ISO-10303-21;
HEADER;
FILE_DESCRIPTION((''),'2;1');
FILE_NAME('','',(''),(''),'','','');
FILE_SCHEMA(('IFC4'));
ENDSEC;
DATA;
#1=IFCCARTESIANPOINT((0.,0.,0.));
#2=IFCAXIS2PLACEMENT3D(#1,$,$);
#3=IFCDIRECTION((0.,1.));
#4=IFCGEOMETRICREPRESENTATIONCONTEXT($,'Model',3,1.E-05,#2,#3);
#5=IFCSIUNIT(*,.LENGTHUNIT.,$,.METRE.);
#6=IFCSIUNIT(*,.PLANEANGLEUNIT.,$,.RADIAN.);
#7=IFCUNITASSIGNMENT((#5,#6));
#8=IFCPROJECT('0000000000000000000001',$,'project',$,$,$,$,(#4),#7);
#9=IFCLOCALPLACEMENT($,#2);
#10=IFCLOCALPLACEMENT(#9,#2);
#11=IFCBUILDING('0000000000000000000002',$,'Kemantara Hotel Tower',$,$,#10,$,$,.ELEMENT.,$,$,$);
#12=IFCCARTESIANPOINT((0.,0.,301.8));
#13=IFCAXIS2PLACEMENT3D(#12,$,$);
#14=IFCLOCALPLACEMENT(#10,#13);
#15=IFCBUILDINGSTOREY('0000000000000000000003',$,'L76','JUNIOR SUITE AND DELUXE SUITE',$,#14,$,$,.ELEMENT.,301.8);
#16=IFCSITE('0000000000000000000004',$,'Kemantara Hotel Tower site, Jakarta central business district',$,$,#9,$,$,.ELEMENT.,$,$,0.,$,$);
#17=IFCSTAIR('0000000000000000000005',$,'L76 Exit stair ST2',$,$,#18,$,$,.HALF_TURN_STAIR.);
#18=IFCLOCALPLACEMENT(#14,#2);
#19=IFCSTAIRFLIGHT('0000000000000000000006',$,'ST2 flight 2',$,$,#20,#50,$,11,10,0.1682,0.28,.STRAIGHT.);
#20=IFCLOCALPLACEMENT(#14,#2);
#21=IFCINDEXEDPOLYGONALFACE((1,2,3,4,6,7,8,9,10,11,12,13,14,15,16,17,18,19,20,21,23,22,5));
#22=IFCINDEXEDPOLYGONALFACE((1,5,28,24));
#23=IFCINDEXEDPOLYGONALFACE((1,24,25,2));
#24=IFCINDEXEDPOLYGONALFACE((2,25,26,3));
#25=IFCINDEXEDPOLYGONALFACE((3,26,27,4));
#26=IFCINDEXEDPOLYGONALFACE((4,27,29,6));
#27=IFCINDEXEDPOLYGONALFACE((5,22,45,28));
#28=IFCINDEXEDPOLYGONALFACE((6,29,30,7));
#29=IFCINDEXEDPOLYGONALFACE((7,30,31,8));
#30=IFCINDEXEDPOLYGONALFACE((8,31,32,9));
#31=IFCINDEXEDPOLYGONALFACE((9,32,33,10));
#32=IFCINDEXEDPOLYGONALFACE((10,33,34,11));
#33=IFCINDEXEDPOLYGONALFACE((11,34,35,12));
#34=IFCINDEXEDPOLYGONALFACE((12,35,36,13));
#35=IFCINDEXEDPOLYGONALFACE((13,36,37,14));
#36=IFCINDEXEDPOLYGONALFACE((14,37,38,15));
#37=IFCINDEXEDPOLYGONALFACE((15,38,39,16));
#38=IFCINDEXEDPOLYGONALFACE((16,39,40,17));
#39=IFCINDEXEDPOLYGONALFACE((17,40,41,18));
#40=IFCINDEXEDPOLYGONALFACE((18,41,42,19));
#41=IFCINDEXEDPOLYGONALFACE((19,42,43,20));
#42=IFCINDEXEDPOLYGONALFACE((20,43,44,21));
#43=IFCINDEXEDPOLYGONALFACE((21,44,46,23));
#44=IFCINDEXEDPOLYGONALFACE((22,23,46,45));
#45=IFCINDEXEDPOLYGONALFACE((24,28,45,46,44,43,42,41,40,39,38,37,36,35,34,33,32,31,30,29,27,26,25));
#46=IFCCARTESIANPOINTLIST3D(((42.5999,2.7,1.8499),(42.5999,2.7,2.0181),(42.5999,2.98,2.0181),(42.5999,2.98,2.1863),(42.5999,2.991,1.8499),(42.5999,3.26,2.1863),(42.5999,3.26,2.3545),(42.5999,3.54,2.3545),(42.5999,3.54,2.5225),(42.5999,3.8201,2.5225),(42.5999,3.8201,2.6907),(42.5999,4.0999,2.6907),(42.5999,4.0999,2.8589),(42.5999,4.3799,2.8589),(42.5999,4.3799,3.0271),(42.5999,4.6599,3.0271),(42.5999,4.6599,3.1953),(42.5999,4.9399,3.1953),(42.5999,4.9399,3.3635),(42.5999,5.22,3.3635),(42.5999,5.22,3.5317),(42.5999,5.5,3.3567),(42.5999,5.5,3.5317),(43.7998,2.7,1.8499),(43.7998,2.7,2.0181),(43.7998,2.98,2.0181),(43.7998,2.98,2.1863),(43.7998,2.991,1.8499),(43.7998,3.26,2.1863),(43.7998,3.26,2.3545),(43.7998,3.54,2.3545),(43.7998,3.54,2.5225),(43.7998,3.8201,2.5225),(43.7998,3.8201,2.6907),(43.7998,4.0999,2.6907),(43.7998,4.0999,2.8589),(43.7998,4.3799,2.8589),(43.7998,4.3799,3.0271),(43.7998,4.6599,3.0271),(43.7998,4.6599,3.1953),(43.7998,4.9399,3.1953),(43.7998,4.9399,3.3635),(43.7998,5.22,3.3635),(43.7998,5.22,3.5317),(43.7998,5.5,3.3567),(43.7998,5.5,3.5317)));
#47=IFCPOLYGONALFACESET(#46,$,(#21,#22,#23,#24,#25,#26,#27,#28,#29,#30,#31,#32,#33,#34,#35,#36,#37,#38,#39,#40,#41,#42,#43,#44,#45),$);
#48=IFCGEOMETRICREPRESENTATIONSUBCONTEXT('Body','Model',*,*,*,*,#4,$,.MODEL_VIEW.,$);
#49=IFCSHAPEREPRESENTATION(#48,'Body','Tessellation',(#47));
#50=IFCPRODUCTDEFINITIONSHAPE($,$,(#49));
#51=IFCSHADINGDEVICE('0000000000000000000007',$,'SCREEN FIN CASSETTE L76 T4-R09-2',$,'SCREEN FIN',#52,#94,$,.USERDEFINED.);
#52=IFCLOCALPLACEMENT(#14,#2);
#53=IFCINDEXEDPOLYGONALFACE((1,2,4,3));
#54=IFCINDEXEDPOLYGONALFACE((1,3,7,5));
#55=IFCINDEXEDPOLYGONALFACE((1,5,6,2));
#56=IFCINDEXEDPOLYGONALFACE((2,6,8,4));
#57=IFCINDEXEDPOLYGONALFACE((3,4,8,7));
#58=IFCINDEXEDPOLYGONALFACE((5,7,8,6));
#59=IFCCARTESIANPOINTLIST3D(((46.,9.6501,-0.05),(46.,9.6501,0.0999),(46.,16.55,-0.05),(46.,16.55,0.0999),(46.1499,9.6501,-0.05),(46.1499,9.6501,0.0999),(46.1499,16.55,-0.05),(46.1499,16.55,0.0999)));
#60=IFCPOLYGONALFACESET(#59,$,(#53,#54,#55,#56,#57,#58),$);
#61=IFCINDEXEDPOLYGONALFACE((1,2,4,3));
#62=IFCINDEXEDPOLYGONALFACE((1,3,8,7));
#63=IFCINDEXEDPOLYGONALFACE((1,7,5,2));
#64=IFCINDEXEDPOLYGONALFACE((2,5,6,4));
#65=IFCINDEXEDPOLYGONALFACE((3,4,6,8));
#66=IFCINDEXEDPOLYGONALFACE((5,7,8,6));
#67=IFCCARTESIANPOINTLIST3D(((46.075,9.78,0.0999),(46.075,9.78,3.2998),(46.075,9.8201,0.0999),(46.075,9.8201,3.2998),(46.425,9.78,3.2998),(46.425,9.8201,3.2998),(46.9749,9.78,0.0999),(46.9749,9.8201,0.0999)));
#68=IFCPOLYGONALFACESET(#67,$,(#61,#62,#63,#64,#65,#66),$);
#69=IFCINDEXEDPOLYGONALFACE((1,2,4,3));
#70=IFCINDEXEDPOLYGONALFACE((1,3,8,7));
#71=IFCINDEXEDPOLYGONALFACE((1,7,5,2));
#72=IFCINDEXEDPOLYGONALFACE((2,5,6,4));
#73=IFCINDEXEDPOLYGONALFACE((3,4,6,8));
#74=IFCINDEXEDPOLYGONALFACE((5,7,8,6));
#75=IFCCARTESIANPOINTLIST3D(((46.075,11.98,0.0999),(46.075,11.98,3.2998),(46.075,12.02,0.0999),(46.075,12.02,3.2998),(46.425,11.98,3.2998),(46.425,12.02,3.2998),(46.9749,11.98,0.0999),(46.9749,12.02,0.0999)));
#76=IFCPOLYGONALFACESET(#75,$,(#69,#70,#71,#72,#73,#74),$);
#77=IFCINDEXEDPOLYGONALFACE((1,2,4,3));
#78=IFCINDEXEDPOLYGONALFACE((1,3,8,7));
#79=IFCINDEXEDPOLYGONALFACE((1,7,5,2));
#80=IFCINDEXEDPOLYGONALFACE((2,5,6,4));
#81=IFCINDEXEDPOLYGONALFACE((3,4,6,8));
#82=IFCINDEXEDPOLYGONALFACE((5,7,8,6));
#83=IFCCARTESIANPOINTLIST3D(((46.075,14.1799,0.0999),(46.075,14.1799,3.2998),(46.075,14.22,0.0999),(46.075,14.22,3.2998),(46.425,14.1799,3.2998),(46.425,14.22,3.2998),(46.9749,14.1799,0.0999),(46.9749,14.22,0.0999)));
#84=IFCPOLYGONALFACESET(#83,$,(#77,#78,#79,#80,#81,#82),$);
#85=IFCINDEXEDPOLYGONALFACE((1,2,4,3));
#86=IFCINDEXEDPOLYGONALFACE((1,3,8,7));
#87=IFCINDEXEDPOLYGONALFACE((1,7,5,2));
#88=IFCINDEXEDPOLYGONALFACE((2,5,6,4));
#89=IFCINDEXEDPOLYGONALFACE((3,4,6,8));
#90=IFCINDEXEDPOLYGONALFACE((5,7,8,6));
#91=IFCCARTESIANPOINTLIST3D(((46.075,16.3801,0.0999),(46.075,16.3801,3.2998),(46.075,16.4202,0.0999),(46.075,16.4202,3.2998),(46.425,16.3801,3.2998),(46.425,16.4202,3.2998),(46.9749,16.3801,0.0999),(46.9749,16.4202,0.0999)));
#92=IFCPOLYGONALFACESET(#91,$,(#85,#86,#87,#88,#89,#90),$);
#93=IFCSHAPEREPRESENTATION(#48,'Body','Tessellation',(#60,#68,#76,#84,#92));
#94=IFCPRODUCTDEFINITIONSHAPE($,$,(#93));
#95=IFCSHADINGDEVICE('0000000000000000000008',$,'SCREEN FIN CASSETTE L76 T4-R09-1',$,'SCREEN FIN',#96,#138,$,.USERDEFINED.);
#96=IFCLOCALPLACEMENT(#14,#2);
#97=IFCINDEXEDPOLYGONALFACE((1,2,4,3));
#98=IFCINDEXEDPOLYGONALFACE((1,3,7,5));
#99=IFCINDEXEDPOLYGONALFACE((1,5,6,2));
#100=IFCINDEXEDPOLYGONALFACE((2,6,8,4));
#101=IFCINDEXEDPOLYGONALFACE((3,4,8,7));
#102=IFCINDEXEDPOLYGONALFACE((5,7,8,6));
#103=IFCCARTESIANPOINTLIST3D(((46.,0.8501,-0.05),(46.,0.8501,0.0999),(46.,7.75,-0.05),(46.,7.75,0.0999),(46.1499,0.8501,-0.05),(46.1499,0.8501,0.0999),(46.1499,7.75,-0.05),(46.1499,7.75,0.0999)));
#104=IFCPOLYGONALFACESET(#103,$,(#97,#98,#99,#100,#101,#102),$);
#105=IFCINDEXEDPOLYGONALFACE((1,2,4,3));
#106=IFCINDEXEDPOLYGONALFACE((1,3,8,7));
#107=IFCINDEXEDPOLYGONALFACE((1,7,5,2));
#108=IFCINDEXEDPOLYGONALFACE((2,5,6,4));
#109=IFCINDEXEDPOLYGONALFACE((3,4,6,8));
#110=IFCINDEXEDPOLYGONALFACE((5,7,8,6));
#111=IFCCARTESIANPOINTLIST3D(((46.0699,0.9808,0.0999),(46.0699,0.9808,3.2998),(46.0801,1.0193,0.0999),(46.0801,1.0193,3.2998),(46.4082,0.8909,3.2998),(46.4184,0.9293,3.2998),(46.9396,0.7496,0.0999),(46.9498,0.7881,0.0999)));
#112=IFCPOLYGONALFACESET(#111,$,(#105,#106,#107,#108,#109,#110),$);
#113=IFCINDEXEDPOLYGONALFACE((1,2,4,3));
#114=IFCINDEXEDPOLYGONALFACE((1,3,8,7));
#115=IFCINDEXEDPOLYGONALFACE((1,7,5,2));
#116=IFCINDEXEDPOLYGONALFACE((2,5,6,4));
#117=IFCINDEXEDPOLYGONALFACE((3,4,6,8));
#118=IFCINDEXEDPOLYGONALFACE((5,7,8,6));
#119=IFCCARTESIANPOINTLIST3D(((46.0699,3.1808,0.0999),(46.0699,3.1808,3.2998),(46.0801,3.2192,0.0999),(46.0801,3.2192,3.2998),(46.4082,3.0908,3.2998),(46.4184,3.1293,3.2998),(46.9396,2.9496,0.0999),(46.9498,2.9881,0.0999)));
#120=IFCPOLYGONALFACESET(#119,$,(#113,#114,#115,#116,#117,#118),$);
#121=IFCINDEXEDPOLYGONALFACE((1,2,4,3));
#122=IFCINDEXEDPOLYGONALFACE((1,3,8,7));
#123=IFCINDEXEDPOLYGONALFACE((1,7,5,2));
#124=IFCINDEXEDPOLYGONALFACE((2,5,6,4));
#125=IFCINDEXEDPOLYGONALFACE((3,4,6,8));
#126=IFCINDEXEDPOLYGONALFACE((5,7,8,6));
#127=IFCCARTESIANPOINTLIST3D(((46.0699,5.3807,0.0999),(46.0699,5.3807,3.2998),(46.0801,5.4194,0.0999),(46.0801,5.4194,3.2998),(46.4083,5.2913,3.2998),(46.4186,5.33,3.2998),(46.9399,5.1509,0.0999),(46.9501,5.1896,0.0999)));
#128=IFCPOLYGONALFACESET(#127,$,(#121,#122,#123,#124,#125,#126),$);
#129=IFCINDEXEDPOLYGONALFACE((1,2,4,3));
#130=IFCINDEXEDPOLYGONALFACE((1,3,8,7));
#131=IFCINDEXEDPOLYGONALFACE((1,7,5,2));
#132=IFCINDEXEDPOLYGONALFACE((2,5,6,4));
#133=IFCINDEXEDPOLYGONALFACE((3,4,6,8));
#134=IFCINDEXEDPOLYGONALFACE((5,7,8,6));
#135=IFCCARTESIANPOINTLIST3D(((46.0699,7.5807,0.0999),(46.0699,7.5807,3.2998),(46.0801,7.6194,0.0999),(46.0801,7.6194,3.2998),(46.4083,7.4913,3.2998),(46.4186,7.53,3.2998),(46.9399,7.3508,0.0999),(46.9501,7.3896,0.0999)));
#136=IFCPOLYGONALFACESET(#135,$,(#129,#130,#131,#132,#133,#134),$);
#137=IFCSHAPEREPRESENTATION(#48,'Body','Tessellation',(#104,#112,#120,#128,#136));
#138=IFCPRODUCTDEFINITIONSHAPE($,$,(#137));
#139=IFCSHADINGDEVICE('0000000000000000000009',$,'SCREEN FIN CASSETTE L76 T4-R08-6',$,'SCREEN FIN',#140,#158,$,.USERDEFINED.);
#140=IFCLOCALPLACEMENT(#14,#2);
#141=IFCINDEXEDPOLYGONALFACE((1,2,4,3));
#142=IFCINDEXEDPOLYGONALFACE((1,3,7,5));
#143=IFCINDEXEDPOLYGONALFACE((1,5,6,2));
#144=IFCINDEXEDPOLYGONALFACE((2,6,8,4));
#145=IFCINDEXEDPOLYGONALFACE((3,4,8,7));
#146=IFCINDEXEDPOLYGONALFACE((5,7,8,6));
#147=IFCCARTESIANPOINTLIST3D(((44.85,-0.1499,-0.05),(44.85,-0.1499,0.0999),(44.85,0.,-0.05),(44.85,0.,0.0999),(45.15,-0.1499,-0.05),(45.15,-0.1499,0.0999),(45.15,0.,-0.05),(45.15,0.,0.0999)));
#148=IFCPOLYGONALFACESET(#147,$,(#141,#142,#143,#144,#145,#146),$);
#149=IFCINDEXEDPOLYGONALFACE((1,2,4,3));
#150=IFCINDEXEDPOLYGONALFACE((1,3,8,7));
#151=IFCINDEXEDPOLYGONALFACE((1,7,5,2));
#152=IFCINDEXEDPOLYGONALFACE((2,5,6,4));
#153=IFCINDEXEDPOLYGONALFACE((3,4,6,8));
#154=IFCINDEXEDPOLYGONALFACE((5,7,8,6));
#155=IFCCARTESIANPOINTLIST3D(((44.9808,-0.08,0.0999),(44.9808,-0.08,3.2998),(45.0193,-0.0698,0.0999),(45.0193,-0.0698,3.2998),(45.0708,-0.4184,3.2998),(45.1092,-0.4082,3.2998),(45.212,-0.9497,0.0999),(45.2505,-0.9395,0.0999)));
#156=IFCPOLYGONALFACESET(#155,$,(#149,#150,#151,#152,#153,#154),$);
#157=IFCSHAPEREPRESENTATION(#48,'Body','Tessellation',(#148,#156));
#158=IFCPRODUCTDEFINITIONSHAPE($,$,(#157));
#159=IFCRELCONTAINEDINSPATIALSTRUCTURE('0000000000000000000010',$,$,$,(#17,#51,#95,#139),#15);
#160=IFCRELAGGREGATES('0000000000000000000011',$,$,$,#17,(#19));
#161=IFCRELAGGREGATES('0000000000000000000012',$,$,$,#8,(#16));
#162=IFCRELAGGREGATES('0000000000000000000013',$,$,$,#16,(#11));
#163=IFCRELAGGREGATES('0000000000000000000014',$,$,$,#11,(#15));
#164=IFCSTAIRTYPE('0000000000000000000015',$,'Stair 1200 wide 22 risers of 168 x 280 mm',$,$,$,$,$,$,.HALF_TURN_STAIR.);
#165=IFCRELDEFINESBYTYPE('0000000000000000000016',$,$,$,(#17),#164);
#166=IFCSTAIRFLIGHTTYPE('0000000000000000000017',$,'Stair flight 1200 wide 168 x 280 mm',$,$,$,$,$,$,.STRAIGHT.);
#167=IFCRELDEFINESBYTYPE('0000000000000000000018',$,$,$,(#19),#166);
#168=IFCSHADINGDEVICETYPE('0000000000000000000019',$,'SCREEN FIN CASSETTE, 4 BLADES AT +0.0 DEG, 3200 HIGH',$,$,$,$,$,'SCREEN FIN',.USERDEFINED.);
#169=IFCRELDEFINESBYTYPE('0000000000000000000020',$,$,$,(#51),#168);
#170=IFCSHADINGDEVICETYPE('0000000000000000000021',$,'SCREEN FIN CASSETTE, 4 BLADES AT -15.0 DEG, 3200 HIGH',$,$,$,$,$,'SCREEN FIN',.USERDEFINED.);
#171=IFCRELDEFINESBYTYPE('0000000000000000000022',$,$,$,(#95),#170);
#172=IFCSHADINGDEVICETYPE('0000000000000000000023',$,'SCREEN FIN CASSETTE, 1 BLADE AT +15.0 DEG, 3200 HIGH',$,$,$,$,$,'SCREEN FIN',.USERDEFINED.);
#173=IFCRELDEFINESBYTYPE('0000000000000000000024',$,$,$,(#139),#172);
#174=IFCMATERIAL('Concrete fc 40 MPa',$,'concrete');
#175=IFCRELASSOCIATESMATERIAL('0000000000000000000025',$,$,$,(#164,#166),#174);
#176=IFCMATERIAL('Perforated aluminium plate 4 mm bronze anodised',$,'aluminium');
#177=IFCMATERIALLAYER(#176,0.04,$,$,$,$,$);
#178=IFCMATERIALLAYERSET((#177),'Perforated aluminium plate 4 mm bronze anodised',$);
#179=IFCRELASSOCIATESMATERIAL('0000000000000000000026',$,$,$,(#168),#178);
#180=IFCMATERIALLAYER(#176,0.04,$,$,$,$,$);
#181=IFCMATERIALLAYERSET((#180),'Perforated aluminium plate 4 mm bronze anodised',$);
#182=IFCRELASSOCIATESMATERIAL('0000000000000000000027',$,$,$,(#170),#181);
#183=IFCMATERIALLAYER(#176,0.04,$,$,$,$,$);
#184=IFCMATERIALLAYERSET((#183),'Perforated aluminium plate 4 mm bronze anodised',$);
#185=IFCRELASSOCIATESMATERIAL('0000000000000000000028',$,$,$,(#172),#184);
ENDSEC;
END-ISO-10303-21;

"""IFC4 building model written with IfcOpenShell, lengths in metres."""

from ifc_helpers import new_model, si_unit, direction, frame, origin, origin_2d, place, context, subcontext, project, spatial, polyline, rectangle, outline, extrude, source, transform, mapped, material, layer, layer_set, type_object, element, aggregate, save


model = new_model("IFC4")

# Units and contexts
model_context = context("Model", 3, precision=1e-05, world=origin(), true_north=direction((0.0, 1.0)))
body_context = subcontext(model_context, "Body", "Model", "MODEL_VIEW")
ifc_project = project(units=[si_unit("LENGTHUNIT", "METRE"), si_unit("PLANEANGLEUNIT", "RADIAN")], contexts=[model_context])

# Site, building, storey
site_placement = place(None, origin())
site = spatial("IfcSite", under=ifc_project, at=site_placement, Name="Kemantara Hotel Tower site, Jakarta central business district", CompositionType="ELEMENT", RefElevation=0.0)
building_placement = place(site_placement, origin())
building = spatial("IfcBuilding", under=site, at=building_placement, Name="Kemantara Hotel Tower", CompositionType="ELEMENT")
storey_placement = place(building_placement, frame((0.0, 0.0, 301.8)))
storey = spatial("IfcBuildingStorey", under=building, at=storey_placement, Name="L76", Description="JUNIOR SUITE AND DELUXE SUITE", CompositionType="ELEMENT", Elevation=301.8)

# Stair, stair flight
ifc_material_1 = material(Name="Concrete fc 40 MPa", Category="concrete")
stair_type = type_object("IfcStairType", Name="Stair 1200 wide 22 risers of 168 x 280 mm", PredefinedType="HALF_TURN_STAIR", material=ifc_material_1)
stair_placement = place(storey_placement, origin())
stair = element("IfcStair", 1, at=stair_placement, inside=storey, type_object=stair_type, Name="L76 Exit stair ST2", PredefinedType="HALF_TURN_STAIR")
stair_flight_type = type_object("IfcStairFlightType", Name="Stair flight 1200 wide 168 x 280 mm", PredefinedType="STRAIGHT", material=ifc_material_1)
stair_flight_placement = place(storey_placement, frame((43.2, 2.7, 1.8499), z_axis=(0.0, 0.0, 1.0), x_axis=(0.0, 1.0, 0.0)))
stair_flight = element("IfcStairFlight", 2, at=stair_flight_placement, type_object=stair_flight_type, Name="ST2 flight 2", NumberOfRisers=11, NumberOfTreads=10, PredefinedType="STRAIGHT", RiserHeight=0.1682, TreadLength=0.28, context=body_context, shape_type="SweptSolid", body=[
    extrude(outline(polyline([(0.0, 0.0), (0.0, 0.1682), (0.28, 0.1682), (0.28, 0.3364), (0.5601, 0.3364), (0.5601, 0.5046), (0.8401, 0.5046), (0.8401, 0.6726), (1.1201, 0.6726), (1.1201, 0.8408), (1.3999, 0.8408), (1.3999, 1.009), (1.6799, 1.009), (1.6799, 1.1772), (1.96, 1.1772), (1.96, 1.3455), (2.24, 1.3455), (2.24, 1.5137), (2.52, 1.5137), (2.52, 1.6819), (2.8, 1.6819), (2.8, 1.8501), (2.8, 1.5068), (0.291, 0.0), (0.0, 0.0)])), frame((0.0, 0.6001, 0.0), z_axis=(0.0, -1.0, 0.0), x_axis=(1.0, 0.0, 0.0)), (0.0, 0.0, 1.0), 1.2),
])
aggregate(stair, [stair_flight])

# Shading devices
ifc_material_2 = material(Name="Perforated aluminium plate 4 mm bronze anodised", Category="aluminium")
ifc_layer_1 = layer(ifc_material_2, 0.04)
ifc_layer_set_1 = layer_set([ifc_layer_1], Name="Perforated aluminium plate 4 mm bronze anodised")
shading_device_type_1 = type_object("IfcShadingDeviceType", Name="SCREEN FIN CASSETTE, 4 BLADES AT +0.0 DEG, 3200 HIGH", ElementType="SCREEN FIN", PredefinedType="USERDEFINED", material=ifc_layer_set_1)
shared_shape_1 = source(origin(), body_context, "Body", "SweptSolid", [
    extrude(rectangle(XDim=6.8999, YDim=0.1499, at=origin_2d()), frame((3.3, -0.075, -0.1499), z_axis=(0.0, 0.0, 1.0), x_axis=(1.0, 0.0, 0.0)), (0.0, 0.0, 1.0), 0.1499),
    extrude(outline(polyline([(0.0, 0.0), (0.8999, 0.0), (0.3501, 3.2), (0.0, 3.2), (0.0, 0.0)])), frame((0.02, -0.075, 0.0), z_axis=(-1.0, 0.0, 0.0), x_axis=(0.0, -1.0, 0.0)), (0.0, 0.0, 1.0), 0.04),
    extrude(outline(polyline([(0.0, 0.0), (0.8999, 0.0), (0.3501, 3.2), (0.0, 3.2), (0.0, 0.0)])), frame((2.22, -0.075, 0.0), z_axis=(-1.0, 0.0, 0.0), x_axis=(0.0, -1.0, 0.0)), (0.0, 0.0, 1.0), 0.04),
    extrude(outline(polyline([(0.0, 0.0), (0.8999, 0.0), (0.3501, 3.2), (0.0, 3.2), (0.0, 0.0)])), frame((4.4199, -0.075, 0.0), z_axis=(-1.0, 0.0, 0.0), x_axis=(0.0, -1.0, 0.0)), (0.0, 0.0, 1.0), 0.04),
    extrude(outline(polyline([(0.0, 0.0), (0.8999, 0.0), (0.3501, 3.2), (0.0, 3.2), (0.0, 0.0)])), frame((6.6201, -0.075, 0.0), z_axis=(-1.0, 0.0, 0.0), x_axis=(0.0, -1.0, 0.0)), (0.0, 0.0, 1.0), 0.04),
])
shading_device_1_placement = place(storey_placement, frame((46.0, 9.8, 0.0999), z_axis=(0.0, 0.0, 1.0), x_axis=(0.0, 1.0, 0.0)))
element("IfcShadingDevice", 3, at=shading_device_1_placement, inside=storey, type_object=shading_device_type_1, Name="SCREEN FIN CASSETTE L76 T4-R09-2", ObjectType="SCREEN FIN", PredefinedType="USERDEFINED", context=body_context, shape_type="MappedRepresentation", body=[
    mapped(shared_shape_1, transform((0.0, 0.0, 0.0))),
])
ifc_layer_2 = layer(ifc_material_2, 0.04)
ifc_layer_set_2 = layer_set([ifc_layer_2], Name="Perforated aluminium plate 4 mm bronze anodised")
shading_device_type_2 = type_object("IfcShadingDeviceType", Name="SCREEN FIN CASSETTE, 4 BLADES AT -15.0 DEG, 3200 HIGH", ElementType="SCREEN FIN", PredefinedType="USERDEFINED", material=ifc_layer_set_2)
shared_shape_2 = source(origin(), body_context, "Body", "SweptSolid", [
    extrude(rectangle(XDim=6.8999, YDim=0.1499, at=origin_2d()), frame((3.3, -0.075, -0.1499), z_axis=(0.0, 0.0, 1.0), x_axis=(1.0, 0.0, 0.0)), (0.0, 0.0, 1.0), 0.1499),
    extrude(outline(polyline([(0.0, 0.0), (0.8999, 0.0), (0.3501, 3.2), (0.0, 3.2), (0.0, 0.0)])), frame((0.0193, -0.0801, 0.0), z_axis=(-0.966438, 0.256901, 0.0), x_axis=(-0.256901, -0.966438, 0.0)), (0.0, 0.0, 1.0), 0.0398),
    extrude(outline(polyline([(0.0, 0.0), (0.8999, 0.0), (0.3501, 3.2), (0.0, 3.2), (0.0, 0.0)])), frame((2.2192, -0.0801, 0.0), z_axis=(-0.966438, 0.256901, 0.0), x_axis=(-0.256901, -0.966438, 0.0)), (0.0, 0.0, 1.0), 0.0398),
    extrude(outline(polyline([(0.0, 0.0), (0.8999, 0.0), (0.3501, 3.2), (0.0, 3.2), (0.0, 0.0)])), frame((4.4194, -0.0801, 0.0), z_axis=(-0.966838, 0.255391, 0.0), x_axis=(-0.255391, -0.966838, 0.0)), (0.0, 0.0, 1.0), 0.04),
    extrude(outline(polyline([(0.0, 0.0), (0.8999, 0.0), (0.3501, 3.2), (0.0, 3.2), (0.0, 0.0)])), frame((6.6194, -0.0801, 0.0), z_axis=(-0.966838, 0.255391, 0.0), x_axis=(-0.255391, -0.966838, 0.0)), (0.0, 0.0, 1.0), 0.04),
])
shading_device_2_placement = place(storey_placement, frame((46.0, 1.0, 0.0999), z_axis=(0.0, 0.0, 1.0), x_axis=(0.0, 1.0, 0.0)))
element("IfcShadingDevice", 4, at=shading_device_2_placement, inside=storey, type_object=shading_device_type_2, Name="SCREEN FIN CASSETTE L76 T4-R09-1", ObjectType="SCREEN FIN", PredefinedType="USERDEFINED", context=body_context, shape_type="MappedRepresentation", body=[
    mapped(shared_shape_2, transform((0.0, 0.0, 0.0))),
])
ifc_layer_3 = layer(ifc_material_2, 0.04)
ifc_layer_set_3 = layer_set([ifc_layer_3], Name="Perforated aluminium plate 4 mm bronze anodised")
shading_device_type_3 = type_object("IfcShadingDeviceType", Name="SCREEN FIN CASSETTE, 1 BLADE AT +15.0 DEG, 3200 HIGH", ElementType="SCREEN FIN", PredefinedType="USERDEFINED", material=ifc_layer_set_3)
shared_shape_3 = source(origin(), body_context, "Body", "SweptSolid", [
    extrude(rectangle(XDim=0.3, YDim=0.1499, at=origin_2d()), frame((0.0, -0.075, -0.1499), z_axis=(0.0, 0.0, 1.0), x_axis=(1.0, 0.0, 0.0)), (0.0, 0.0, 1.0), 0.1499),
    extrude(outline(polyline([(0.0, 0.0), (0.8999, 0.0), (0.3501, 3.2), (0.0, 3.2), (0.0, 0.0)])), frame((0.0193, -0.0698, 0.0), z_axis=(-0.966438, -0.256901, 0.0), x_axis=(0.256901, -0.966438, 0.0)), (0.0, 0.0, 1.0), 0.0398),
])
shading_device_3_placement = place(storey_placement, frame((45.0, 0.0, 0.0999), z_axis=(0.0, 0.0, 1.0), x_axis=(1.0, 0.0, 0.0)))
element("IfcShadingDevice", 5, at=shading_device_3_placement, inside=storey, type_object=shading_device_type_3, Name="SCREEN FIN CASSETTE L76 T4-R08-6", ObjectType="SCREEN FIN", PredefinedType="USERDEFINED", context=body_context, shape_type="MappedRepresentation", body=[
    mapped(shared_shape_3, transform((0.0, 0.0, 0.0))),
])

save(model, "model.ifc")
